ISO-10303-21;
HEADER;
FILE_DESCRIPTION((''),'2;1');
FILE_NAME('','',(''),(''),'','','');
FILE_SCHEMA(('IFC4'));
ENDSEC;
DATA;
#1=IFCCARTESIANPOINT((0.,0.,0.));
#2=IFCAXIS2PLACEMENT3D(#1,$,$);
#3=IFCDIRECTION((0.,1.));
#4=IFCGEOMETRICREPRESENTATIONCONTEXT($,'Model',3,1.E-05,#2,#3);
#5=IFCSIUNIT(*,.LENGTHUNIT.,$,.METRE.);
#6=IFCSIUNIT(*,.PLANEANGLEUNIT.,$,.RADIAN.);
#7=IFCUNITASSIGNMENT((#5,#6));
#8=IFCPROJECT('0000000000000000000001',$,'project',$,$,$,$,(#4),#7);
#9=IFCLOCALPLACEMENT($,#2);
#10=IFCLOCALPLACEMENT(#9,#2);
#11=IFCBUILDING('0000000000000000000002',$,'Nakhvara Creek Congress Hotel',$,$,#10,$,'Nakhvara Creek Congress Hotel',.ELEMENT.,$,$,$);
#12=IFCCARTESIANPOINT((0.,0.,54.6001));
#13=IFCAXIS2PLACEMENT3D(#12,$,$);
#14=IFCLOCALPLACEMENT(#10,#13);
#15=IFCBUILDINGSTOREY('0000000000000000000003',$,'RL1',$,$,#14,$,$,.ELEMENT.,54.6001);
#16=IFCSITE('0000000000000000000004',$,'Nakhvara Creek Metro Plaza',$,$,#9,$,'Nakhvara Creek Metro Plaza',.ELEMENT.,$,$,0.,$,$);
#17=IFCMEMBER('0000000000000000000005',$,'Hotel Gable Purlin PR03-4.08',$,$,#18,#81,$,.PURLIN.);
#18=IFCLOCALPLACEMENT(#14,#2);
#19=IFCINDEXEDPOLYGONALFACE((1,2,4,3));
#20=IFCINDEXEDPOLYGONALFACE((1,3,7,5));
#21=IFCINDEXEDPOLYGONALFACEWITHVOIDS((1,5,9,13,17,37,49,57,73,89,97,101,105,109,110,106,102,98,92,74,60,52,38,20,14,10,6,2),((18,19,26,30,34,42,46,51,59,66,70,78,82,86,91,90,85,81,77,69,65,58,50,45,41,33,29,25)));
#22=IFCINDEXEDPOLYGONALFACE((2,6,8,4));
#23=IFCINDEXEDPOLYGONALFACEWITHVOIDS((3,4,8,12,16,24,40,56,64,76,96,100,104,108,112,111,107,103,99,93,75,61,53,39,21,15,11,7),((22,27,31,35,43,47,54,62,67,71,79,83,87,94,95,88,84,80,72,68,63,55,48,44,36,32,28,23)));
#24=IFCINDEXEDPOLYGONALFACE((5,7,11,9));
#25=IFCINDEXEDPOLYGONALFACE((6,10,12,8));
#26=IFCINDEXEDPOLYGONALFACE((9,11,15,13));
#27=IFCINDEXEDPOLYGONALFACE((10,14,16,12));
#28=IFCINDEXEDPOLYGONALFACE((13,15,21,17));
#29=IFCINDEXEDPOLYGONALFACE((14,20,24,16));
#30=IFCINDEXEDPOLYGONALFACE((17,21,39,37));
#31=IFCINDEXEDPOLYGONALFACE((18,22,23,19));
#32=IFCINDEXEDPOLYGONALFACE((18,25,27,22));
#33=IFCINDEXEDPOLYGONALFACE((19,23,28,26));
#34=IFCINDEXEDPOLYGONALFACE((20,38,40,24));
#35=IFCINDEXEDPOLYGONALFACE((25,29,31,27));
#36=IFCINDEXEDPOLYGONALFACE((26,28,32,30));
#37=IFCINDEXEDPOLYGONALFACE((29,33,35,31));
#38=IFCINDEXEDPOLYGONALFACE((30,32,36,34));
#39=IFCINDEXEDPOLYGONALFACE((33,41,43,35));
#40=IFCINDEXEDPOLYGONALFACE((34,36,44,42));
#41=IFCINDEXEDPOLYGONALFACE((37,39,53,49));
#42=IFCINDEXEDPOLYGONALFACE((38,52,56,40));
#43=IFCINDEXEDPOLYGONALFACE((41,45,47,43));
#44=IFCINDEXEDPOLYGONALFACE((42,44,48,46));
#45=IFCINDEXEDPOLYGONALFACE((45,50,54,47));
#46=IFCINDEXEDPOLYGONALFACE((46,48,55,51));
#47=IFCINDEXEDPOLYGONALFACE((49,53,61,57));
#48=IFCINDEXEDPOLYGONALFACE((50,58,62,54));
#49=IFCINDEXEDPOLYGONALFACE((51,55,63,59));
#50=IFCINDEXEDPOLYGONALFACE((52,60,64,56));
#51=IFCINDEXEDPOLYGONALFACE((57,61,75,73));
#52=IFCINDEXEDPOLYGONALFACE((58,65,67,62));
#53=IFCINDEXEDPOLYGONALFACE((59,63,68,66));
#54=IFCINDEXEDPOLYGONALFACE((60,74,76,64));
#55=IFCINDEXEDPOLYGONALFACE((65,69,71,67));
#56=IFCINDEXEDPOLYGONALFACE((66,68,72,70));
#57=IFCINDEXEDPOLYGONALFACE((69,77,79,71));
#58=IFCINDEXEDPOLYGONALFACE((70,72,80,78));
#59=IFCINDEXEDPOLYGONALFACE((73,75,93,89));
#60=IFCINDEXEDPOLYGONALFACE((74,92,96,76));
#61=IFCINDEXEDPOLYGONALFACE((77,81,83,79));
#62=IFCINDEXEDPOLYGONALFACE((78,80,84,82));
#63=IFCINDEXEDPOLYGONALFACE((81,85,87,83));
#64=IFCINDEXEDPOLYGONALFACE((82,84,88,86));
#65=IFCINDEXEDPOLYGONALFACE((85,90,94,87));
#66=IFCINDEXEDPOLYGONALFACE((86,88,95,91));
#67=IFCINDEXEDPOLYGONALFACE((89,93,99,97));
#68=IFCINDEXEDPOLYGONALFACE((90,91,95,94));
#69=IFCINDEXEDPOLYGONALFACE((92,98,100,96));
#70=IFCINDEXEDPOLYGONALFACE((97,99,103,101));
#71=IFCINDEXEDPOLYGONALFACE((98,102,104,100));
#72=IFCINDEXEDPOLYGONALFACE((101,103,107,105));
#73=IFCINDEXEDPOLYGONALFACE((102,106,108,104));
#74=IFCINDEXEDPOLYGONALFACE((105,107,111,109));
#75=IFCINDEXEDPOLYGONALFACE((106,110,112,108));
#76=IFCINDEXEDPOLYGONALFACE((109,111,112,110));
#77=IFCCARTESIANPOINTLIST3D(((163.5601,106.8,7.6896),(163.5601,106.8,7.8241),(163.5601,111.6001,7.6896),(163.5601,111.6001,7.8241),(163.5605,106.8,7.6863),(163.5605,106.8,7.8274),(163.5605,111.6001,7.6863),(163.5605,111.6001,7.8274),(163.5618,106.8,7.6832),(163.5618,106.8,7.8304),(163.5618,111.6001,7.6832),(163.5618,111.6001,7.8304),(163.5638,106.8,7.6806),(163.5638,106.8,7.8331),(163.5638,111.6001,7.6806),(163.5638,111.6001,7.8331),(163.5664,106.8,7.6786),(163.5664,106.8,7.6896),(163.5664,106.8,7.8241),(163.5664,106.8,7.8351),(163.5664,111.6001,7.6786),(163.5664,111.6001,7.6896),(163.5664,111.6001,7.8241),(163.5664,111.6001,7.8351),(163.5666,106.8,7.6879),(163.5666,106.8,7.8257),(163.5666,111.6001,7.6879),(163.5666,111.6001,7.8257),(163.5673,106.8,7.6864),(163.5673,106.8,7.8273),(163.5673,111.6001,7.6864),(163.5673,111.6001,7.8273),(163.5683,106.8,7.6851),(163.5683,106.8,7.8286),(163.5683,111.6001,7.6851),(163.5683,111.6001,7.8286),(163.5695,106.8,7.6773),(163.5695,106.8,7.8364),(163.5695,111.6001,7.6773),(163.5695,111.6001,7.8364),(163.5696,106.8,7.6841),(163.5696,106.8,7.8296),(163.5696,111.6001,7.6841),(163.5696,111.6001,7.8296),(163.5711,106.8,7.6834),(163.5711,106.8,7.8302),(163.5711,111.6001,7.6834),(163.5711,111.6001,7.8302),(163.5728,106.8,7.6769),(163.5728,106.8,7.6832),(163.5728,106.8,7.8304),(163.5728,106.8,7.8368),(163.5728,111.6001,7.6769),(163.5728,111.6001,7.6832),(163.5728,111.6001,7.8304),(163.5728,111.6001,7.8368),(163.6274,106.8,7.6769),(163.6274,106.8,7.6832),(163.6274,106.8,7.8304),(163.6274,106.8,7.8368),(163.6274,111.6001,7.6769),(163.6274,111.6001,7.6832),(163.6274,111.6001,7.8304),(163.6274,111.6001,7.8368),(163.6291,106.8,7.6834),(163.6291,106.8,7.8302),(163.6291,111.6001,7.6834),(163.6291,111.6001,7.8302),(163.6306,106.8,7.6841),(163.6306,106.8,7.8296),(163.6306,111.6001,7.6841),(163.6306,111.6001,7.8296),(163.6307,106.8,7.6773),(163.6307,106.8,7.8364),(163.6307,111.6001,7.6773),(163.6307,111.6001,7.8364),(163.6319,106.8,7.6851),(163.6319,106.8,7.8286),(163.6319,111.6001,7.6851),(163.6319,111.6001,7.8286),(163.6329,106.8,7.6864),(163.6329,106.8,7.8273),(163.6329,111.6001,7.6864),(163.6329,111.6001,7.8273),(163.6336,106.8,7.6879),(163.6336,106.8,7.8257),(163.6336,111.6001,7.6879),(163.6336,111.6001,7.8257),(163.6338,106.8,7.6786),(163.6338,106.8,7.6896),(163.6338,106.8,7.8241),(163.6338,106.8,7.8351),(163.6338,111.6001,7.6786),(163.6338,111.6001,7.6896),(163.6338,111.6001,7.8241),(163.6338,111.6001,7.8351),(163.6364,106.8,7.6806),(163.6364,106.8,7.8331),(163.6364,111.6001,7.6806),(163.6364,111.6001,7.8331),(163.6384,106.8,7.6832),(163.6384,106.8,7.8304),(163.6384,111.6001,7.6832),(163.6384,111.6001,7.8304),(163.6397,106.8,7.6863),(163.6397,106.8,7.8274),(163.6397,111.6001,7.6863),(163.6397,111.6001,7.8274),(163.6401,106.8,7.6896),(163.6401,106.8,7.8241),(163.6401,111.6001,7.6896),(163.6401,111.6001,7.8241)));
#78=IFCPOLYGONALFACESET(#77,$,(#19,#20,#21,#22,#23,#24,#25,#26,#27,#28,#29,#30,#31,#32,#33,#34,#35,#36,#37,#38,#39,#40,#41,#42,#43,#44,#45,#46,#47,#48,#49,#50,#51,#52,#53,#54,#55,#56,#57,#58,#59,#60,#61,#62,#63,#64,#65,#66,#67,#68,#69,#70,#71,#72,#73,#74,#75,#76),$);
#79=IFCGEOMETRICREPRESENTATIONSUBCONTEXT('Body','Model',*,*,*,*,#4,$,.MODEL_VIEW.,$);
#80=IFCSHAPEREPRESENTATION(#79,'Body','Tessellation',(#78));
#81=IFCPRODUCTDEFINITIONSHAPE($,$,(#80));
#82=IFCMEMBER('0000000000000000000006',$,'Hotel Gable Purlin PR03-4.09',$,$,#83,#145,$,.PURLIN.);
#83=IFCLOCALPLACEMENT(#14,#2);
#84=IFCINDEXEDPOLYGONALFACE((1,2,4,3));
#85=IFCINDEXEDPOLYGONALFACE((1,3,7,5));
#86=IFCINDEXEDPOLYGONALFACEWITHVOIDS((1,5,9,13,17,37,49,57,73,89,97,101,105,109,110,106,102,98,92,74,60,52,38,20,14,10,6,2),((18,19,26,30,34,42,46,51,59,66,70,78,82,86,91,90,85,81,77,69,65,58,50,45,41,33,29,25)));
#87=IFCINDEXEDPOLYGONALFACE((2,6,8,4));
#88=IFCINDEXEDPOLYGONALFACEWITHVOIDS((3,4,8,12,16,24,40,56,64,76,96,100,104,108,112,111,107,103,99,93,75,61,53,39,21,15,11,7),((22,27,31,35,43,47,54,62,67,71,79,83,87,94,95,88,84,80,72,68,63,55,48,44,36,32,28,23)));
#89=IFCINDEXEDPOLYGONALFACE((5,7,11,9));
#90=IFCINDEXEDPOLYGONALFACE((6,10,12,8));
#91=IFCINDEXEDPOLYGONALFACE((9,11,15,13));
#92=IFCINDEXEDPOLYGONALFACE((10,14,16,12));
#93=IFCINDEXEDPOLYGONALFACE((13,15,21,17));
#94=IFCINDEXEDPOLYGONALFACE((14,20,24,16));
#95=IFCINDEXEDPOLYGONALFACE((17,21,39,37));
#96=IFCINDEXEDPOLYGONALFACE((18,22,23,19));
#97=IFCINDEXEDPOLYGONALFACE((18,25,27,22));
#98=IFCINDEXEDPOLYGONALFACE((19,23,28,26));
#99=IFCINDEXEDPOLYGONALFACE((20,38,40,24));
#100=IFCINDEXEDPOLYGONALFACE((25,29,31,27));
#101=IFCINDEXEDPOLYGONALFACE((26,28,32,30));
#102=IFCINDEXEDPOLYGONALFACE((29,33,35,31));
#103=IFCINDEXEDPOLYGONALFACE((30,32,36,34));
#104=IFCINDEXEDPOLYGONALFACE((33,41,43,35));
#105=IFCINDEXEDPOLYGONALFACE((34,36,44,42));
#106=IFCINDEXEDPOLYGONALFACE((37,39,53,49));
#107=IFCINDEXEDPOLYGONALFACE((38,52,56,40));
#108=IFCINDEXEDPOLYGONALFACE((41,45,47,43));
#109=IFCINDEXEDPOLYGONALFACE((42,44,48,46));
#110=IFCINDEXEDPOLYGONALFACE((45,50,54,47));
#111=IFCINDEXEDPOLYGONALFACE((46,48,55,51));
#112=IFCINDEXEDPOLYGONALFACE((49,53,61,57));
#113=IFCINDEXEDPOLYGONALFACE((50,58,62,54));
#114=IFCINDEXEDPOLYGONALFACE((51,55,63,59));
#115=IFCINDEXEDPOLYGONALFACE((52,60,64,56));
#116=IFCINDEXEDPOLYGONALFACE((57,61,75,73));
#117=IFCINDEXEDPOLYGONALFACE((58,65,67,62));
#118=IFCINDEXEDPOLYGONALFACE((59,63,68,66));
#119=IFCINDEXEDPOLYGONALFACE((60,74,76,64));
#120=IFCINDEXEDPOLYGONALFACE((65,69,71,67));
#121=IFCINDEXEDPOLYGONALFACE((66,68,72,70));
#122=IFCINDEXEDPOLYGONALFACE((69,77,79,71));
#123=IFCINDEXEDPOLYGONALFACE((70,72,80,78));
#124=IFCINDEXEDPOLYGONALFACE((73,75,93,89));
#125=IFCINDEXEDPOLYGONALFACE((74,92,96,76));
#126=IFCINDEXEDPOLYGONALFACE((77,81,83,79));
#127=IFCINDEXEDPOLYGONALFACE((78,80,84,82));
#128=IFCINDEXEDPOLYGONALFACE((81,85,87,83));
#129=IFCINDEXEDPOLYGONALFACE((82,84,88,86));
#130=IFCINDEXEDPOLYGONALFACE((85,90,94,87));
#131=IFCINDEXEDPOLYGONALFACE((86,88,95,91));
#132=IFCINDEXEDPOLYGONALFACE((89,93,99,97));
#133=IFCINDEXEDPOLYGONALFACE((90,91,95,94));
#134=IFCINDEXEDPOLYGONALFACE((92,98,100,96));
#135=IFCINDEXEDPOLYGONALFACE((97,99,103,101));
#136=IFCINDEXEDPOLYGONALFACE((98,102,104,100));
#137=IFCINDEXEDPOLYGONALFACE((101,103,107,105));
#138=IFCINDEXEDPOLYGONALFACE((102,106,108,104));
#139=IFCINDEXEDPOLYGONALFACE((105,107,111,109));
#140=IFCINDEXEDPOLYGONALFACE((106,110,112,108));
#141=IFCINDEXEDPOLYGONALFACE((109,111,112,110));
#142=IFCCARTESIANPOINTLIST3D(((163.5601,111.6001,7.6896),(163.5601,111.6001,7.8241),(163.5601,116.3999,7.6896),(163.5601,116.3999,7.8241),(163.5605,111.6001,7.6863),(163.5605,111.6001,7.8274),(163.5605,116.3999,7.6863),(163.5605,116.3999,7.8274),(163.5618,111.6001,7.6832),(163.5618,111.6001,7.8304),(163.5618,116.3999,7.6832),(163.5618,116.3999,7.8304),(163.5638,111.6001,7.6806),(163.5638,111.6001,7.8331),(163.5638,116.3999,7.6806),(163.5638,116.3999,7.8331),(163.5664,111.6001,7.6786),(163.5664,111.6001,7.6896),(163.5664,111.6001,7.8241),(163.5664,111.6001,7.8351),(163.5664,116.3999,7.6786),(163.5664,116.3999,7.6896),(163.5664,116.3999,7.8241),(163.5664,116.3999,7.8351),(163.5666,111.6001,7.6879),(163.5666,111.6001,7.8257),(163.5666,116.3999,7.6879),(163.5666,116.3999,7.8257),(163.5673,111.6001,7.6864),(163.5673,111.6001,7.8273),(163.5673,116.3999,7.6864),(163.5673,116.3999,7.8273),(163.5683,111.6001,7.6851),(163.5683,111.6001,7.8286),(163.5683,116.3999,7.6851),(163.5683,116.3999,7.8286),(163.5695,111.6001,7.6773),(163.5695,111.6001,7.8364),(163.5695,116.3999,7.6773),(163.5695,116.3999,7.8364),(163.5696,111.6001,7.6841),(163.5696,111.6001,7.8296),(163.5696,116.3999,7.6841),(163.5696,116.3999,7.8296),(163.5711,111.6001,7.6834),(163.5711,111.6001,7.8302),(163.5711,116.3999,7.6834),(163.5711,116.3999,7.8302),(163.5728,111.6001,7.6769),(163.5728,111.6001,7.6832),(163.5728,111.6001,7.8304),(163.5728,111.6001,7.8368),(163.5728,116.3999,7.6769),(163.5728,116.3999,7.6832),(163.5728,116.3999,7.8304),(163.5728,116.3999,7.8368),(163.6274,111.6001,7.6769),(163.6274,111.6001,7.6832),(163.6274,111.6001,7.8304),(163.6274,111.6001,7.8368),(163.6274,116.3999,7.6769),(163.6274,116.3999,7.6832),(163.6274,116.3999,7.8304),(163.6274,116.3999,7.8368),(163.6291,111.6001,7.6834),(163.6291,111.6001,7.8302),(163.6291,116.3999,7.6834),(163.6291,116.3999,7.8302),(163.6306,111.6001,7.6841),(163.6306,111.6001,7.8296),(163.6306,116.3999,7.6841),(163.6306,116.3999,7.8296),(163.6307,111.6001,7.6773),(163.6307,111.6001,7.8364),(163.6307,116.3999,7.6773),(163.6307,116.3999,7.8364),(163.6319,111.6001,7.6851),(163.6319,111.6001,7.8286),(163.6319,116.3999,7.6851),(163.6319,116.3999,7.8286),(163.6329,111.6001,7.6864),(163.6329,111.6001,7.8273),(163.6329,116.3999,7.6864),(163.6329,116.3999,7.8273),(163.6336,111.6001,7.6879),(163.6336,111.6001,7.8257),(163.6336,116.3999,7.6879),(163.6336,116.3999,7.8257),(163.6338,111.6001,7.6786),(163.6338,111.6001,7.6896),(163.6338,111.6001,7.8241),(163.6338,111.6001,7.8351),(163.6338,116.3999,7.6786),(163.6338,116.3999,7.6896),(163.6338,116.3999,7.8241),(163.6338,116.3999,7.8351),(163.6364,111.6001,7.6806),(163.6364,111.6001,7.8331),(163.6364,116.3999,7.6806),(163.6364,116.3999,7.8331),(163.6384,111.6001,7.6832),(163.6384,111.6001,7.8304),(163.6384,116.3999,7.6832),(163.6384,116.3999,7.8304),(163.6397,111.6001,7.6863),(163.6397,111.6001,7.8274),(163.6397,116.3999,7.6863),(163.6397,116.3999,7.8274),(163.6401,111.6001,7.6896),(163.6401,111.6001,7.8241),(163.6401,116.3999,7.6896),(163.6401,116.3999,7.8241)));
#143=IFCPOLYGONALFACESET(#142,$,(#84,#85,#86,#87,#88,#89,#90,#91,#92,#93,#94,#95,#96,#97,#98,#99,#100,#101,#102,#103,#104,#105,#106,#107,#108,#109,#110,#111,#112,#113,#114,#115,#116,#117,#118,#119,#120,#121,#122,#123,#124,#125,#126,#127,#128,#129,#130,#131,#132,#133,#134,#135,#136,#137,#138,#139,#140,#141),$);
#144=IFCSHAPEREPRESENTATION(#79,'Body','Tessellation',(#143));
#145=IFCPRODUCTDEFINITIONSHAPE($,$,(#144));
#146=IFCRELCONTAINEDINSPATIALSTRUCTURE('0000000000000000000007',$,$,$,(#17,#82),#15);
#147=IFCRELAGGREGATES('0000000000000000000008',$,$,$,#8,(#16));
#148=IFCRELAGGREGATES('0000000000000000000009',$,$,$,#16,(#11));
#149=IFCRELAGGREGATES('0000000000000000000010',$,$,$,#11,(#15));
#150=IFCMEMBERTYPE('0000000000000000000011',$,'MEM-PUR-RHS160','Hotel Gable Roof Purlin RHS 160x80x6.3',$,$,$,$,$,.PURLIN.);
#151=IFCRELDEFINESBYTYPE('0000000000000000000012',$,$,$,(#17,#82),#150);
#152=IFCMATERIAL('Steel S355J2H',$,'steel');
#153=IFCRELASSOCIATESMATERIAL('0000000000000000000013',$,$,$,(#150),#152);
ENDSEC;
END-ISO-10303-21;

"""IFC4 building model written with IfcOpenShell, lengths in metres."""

from ifc_helpers import new_model, si_unit, direction, frame, origin, origin_2d, place, context, subcontext, project, spatial, hollow_rectangle, extrude, material, material_profile, profile_set, type_object, element, save


model = new_model("IFC4")

# Units and contexts
model_context = context("Model", 3, precision=1e-05, world=origin(), true_north=direction((0.0, 1.0)))
body_context = subcontext(model_context, "Body", "Model", "MODEL_VIEW")
ifc_project = project(units=[si_unit("LENGTHUNIT", "METRE"), si_unit("PLANEANGLEUNIT", "RADIAN")], contexts=[model_context])

# Site, building, storey
site_placement = place(None, origin())
site = spatial("IfcSite", under=ifc_project, at=site_placement, Name="Nakhvara Creek Metro Plaza", LongName="Nakhvara Creek Metro Plaza", CompositionType="ELEMENT", RefElevation=0.0)
building_placement = place(site_placement, origin())
building = spatial("IfcBuilding", under=site, at=building_placement, Name="Nakhvara Creek Congress Hotel", LongName="Nakhvara Creek Congress Hotel", CompositionType="ELEMENT")
storey_placement = place(building_placement, frame((0.0, 0.0, 54.6001)))
storey = spatial("IfcBuildingStorey", under=building, at=storey_placement, Name="RL1", CompositionType="ELEMENT", Elevation=54.6001)

# Members
ifc_material_1 = material(Name="Steel S355J2H", Category="steel")
ifc_material_profile_1 = material_profile(ifc_material_1, hollow_rectangle(XDim=0.0801, YDim=0.1599, WallThickness=0.0063, InnerFilletRadius=0.0063, OuterFilletRadius=0.0127, at=origin_2d()), Name="RHS 160x80x6.3", Category="LoadBearing")
ifc_profile_set_1 = profile_set([ifc_material_profile_1], Name="Steel S355J2H")
member_type_1 = type_object("IfcMemberType", Name="MEM-PUR-RHS160", Description="Hotel Gable Roof Purlin RHS 160x80x6.3", PredefinedType="PURLIN", material=ifc_profile_set_1)
member_1_placement = place(storey_placement, frame((163.6001, 106.8, 7.7568), z_axis=(0.0, 1.0, 0.0), x_axis=(-1.0, 0.0, 0.0)))
element("IfcMember", 1, at=member_1_placement, inside=storey, type_object=member_type_1, Name="Hotel Gable Purlin PR03-4.08", PredefinedType="PURLIN", context=body_context, shape_type="SweptSolid", body=[
    extrude(hollow_rectangle(XDim=0.0801, YDim=0.1599, WallThickness=0.0063, InnerFilletRadius=0.0063, OuterFilletRadius=0.0127, at=origin_2d()), origin(), (0.0, 0.0, 1.0), 4.8),
])
member_2_placement = place(storey_placement, frame((163.6001, 111.6001, 7.7568), z_axis=(0.0, 1.0, 0.0), x_axis=(-1.0, 0.0, 0.0)))
element("IfcMember", 2, at=member_2_placement, inside=storey, type_object=member_type_1, Name="Hotel Gable Purlin PR03-4.09", PredefinedType="PURLIN", context=body_context, shape_type="SweptSolid", body=[
    extrude(hollow_rectangle(XDim=0.0801, YDim=0.1599, WallThickness=0.0063, InnerFilletRadius=0.0063, OuterFilletRadius=0.0127, at=origin_2d()), origin(), (0.0, 0.0, 1.0), 4.7998),
])

save(model, "model.ifc")
